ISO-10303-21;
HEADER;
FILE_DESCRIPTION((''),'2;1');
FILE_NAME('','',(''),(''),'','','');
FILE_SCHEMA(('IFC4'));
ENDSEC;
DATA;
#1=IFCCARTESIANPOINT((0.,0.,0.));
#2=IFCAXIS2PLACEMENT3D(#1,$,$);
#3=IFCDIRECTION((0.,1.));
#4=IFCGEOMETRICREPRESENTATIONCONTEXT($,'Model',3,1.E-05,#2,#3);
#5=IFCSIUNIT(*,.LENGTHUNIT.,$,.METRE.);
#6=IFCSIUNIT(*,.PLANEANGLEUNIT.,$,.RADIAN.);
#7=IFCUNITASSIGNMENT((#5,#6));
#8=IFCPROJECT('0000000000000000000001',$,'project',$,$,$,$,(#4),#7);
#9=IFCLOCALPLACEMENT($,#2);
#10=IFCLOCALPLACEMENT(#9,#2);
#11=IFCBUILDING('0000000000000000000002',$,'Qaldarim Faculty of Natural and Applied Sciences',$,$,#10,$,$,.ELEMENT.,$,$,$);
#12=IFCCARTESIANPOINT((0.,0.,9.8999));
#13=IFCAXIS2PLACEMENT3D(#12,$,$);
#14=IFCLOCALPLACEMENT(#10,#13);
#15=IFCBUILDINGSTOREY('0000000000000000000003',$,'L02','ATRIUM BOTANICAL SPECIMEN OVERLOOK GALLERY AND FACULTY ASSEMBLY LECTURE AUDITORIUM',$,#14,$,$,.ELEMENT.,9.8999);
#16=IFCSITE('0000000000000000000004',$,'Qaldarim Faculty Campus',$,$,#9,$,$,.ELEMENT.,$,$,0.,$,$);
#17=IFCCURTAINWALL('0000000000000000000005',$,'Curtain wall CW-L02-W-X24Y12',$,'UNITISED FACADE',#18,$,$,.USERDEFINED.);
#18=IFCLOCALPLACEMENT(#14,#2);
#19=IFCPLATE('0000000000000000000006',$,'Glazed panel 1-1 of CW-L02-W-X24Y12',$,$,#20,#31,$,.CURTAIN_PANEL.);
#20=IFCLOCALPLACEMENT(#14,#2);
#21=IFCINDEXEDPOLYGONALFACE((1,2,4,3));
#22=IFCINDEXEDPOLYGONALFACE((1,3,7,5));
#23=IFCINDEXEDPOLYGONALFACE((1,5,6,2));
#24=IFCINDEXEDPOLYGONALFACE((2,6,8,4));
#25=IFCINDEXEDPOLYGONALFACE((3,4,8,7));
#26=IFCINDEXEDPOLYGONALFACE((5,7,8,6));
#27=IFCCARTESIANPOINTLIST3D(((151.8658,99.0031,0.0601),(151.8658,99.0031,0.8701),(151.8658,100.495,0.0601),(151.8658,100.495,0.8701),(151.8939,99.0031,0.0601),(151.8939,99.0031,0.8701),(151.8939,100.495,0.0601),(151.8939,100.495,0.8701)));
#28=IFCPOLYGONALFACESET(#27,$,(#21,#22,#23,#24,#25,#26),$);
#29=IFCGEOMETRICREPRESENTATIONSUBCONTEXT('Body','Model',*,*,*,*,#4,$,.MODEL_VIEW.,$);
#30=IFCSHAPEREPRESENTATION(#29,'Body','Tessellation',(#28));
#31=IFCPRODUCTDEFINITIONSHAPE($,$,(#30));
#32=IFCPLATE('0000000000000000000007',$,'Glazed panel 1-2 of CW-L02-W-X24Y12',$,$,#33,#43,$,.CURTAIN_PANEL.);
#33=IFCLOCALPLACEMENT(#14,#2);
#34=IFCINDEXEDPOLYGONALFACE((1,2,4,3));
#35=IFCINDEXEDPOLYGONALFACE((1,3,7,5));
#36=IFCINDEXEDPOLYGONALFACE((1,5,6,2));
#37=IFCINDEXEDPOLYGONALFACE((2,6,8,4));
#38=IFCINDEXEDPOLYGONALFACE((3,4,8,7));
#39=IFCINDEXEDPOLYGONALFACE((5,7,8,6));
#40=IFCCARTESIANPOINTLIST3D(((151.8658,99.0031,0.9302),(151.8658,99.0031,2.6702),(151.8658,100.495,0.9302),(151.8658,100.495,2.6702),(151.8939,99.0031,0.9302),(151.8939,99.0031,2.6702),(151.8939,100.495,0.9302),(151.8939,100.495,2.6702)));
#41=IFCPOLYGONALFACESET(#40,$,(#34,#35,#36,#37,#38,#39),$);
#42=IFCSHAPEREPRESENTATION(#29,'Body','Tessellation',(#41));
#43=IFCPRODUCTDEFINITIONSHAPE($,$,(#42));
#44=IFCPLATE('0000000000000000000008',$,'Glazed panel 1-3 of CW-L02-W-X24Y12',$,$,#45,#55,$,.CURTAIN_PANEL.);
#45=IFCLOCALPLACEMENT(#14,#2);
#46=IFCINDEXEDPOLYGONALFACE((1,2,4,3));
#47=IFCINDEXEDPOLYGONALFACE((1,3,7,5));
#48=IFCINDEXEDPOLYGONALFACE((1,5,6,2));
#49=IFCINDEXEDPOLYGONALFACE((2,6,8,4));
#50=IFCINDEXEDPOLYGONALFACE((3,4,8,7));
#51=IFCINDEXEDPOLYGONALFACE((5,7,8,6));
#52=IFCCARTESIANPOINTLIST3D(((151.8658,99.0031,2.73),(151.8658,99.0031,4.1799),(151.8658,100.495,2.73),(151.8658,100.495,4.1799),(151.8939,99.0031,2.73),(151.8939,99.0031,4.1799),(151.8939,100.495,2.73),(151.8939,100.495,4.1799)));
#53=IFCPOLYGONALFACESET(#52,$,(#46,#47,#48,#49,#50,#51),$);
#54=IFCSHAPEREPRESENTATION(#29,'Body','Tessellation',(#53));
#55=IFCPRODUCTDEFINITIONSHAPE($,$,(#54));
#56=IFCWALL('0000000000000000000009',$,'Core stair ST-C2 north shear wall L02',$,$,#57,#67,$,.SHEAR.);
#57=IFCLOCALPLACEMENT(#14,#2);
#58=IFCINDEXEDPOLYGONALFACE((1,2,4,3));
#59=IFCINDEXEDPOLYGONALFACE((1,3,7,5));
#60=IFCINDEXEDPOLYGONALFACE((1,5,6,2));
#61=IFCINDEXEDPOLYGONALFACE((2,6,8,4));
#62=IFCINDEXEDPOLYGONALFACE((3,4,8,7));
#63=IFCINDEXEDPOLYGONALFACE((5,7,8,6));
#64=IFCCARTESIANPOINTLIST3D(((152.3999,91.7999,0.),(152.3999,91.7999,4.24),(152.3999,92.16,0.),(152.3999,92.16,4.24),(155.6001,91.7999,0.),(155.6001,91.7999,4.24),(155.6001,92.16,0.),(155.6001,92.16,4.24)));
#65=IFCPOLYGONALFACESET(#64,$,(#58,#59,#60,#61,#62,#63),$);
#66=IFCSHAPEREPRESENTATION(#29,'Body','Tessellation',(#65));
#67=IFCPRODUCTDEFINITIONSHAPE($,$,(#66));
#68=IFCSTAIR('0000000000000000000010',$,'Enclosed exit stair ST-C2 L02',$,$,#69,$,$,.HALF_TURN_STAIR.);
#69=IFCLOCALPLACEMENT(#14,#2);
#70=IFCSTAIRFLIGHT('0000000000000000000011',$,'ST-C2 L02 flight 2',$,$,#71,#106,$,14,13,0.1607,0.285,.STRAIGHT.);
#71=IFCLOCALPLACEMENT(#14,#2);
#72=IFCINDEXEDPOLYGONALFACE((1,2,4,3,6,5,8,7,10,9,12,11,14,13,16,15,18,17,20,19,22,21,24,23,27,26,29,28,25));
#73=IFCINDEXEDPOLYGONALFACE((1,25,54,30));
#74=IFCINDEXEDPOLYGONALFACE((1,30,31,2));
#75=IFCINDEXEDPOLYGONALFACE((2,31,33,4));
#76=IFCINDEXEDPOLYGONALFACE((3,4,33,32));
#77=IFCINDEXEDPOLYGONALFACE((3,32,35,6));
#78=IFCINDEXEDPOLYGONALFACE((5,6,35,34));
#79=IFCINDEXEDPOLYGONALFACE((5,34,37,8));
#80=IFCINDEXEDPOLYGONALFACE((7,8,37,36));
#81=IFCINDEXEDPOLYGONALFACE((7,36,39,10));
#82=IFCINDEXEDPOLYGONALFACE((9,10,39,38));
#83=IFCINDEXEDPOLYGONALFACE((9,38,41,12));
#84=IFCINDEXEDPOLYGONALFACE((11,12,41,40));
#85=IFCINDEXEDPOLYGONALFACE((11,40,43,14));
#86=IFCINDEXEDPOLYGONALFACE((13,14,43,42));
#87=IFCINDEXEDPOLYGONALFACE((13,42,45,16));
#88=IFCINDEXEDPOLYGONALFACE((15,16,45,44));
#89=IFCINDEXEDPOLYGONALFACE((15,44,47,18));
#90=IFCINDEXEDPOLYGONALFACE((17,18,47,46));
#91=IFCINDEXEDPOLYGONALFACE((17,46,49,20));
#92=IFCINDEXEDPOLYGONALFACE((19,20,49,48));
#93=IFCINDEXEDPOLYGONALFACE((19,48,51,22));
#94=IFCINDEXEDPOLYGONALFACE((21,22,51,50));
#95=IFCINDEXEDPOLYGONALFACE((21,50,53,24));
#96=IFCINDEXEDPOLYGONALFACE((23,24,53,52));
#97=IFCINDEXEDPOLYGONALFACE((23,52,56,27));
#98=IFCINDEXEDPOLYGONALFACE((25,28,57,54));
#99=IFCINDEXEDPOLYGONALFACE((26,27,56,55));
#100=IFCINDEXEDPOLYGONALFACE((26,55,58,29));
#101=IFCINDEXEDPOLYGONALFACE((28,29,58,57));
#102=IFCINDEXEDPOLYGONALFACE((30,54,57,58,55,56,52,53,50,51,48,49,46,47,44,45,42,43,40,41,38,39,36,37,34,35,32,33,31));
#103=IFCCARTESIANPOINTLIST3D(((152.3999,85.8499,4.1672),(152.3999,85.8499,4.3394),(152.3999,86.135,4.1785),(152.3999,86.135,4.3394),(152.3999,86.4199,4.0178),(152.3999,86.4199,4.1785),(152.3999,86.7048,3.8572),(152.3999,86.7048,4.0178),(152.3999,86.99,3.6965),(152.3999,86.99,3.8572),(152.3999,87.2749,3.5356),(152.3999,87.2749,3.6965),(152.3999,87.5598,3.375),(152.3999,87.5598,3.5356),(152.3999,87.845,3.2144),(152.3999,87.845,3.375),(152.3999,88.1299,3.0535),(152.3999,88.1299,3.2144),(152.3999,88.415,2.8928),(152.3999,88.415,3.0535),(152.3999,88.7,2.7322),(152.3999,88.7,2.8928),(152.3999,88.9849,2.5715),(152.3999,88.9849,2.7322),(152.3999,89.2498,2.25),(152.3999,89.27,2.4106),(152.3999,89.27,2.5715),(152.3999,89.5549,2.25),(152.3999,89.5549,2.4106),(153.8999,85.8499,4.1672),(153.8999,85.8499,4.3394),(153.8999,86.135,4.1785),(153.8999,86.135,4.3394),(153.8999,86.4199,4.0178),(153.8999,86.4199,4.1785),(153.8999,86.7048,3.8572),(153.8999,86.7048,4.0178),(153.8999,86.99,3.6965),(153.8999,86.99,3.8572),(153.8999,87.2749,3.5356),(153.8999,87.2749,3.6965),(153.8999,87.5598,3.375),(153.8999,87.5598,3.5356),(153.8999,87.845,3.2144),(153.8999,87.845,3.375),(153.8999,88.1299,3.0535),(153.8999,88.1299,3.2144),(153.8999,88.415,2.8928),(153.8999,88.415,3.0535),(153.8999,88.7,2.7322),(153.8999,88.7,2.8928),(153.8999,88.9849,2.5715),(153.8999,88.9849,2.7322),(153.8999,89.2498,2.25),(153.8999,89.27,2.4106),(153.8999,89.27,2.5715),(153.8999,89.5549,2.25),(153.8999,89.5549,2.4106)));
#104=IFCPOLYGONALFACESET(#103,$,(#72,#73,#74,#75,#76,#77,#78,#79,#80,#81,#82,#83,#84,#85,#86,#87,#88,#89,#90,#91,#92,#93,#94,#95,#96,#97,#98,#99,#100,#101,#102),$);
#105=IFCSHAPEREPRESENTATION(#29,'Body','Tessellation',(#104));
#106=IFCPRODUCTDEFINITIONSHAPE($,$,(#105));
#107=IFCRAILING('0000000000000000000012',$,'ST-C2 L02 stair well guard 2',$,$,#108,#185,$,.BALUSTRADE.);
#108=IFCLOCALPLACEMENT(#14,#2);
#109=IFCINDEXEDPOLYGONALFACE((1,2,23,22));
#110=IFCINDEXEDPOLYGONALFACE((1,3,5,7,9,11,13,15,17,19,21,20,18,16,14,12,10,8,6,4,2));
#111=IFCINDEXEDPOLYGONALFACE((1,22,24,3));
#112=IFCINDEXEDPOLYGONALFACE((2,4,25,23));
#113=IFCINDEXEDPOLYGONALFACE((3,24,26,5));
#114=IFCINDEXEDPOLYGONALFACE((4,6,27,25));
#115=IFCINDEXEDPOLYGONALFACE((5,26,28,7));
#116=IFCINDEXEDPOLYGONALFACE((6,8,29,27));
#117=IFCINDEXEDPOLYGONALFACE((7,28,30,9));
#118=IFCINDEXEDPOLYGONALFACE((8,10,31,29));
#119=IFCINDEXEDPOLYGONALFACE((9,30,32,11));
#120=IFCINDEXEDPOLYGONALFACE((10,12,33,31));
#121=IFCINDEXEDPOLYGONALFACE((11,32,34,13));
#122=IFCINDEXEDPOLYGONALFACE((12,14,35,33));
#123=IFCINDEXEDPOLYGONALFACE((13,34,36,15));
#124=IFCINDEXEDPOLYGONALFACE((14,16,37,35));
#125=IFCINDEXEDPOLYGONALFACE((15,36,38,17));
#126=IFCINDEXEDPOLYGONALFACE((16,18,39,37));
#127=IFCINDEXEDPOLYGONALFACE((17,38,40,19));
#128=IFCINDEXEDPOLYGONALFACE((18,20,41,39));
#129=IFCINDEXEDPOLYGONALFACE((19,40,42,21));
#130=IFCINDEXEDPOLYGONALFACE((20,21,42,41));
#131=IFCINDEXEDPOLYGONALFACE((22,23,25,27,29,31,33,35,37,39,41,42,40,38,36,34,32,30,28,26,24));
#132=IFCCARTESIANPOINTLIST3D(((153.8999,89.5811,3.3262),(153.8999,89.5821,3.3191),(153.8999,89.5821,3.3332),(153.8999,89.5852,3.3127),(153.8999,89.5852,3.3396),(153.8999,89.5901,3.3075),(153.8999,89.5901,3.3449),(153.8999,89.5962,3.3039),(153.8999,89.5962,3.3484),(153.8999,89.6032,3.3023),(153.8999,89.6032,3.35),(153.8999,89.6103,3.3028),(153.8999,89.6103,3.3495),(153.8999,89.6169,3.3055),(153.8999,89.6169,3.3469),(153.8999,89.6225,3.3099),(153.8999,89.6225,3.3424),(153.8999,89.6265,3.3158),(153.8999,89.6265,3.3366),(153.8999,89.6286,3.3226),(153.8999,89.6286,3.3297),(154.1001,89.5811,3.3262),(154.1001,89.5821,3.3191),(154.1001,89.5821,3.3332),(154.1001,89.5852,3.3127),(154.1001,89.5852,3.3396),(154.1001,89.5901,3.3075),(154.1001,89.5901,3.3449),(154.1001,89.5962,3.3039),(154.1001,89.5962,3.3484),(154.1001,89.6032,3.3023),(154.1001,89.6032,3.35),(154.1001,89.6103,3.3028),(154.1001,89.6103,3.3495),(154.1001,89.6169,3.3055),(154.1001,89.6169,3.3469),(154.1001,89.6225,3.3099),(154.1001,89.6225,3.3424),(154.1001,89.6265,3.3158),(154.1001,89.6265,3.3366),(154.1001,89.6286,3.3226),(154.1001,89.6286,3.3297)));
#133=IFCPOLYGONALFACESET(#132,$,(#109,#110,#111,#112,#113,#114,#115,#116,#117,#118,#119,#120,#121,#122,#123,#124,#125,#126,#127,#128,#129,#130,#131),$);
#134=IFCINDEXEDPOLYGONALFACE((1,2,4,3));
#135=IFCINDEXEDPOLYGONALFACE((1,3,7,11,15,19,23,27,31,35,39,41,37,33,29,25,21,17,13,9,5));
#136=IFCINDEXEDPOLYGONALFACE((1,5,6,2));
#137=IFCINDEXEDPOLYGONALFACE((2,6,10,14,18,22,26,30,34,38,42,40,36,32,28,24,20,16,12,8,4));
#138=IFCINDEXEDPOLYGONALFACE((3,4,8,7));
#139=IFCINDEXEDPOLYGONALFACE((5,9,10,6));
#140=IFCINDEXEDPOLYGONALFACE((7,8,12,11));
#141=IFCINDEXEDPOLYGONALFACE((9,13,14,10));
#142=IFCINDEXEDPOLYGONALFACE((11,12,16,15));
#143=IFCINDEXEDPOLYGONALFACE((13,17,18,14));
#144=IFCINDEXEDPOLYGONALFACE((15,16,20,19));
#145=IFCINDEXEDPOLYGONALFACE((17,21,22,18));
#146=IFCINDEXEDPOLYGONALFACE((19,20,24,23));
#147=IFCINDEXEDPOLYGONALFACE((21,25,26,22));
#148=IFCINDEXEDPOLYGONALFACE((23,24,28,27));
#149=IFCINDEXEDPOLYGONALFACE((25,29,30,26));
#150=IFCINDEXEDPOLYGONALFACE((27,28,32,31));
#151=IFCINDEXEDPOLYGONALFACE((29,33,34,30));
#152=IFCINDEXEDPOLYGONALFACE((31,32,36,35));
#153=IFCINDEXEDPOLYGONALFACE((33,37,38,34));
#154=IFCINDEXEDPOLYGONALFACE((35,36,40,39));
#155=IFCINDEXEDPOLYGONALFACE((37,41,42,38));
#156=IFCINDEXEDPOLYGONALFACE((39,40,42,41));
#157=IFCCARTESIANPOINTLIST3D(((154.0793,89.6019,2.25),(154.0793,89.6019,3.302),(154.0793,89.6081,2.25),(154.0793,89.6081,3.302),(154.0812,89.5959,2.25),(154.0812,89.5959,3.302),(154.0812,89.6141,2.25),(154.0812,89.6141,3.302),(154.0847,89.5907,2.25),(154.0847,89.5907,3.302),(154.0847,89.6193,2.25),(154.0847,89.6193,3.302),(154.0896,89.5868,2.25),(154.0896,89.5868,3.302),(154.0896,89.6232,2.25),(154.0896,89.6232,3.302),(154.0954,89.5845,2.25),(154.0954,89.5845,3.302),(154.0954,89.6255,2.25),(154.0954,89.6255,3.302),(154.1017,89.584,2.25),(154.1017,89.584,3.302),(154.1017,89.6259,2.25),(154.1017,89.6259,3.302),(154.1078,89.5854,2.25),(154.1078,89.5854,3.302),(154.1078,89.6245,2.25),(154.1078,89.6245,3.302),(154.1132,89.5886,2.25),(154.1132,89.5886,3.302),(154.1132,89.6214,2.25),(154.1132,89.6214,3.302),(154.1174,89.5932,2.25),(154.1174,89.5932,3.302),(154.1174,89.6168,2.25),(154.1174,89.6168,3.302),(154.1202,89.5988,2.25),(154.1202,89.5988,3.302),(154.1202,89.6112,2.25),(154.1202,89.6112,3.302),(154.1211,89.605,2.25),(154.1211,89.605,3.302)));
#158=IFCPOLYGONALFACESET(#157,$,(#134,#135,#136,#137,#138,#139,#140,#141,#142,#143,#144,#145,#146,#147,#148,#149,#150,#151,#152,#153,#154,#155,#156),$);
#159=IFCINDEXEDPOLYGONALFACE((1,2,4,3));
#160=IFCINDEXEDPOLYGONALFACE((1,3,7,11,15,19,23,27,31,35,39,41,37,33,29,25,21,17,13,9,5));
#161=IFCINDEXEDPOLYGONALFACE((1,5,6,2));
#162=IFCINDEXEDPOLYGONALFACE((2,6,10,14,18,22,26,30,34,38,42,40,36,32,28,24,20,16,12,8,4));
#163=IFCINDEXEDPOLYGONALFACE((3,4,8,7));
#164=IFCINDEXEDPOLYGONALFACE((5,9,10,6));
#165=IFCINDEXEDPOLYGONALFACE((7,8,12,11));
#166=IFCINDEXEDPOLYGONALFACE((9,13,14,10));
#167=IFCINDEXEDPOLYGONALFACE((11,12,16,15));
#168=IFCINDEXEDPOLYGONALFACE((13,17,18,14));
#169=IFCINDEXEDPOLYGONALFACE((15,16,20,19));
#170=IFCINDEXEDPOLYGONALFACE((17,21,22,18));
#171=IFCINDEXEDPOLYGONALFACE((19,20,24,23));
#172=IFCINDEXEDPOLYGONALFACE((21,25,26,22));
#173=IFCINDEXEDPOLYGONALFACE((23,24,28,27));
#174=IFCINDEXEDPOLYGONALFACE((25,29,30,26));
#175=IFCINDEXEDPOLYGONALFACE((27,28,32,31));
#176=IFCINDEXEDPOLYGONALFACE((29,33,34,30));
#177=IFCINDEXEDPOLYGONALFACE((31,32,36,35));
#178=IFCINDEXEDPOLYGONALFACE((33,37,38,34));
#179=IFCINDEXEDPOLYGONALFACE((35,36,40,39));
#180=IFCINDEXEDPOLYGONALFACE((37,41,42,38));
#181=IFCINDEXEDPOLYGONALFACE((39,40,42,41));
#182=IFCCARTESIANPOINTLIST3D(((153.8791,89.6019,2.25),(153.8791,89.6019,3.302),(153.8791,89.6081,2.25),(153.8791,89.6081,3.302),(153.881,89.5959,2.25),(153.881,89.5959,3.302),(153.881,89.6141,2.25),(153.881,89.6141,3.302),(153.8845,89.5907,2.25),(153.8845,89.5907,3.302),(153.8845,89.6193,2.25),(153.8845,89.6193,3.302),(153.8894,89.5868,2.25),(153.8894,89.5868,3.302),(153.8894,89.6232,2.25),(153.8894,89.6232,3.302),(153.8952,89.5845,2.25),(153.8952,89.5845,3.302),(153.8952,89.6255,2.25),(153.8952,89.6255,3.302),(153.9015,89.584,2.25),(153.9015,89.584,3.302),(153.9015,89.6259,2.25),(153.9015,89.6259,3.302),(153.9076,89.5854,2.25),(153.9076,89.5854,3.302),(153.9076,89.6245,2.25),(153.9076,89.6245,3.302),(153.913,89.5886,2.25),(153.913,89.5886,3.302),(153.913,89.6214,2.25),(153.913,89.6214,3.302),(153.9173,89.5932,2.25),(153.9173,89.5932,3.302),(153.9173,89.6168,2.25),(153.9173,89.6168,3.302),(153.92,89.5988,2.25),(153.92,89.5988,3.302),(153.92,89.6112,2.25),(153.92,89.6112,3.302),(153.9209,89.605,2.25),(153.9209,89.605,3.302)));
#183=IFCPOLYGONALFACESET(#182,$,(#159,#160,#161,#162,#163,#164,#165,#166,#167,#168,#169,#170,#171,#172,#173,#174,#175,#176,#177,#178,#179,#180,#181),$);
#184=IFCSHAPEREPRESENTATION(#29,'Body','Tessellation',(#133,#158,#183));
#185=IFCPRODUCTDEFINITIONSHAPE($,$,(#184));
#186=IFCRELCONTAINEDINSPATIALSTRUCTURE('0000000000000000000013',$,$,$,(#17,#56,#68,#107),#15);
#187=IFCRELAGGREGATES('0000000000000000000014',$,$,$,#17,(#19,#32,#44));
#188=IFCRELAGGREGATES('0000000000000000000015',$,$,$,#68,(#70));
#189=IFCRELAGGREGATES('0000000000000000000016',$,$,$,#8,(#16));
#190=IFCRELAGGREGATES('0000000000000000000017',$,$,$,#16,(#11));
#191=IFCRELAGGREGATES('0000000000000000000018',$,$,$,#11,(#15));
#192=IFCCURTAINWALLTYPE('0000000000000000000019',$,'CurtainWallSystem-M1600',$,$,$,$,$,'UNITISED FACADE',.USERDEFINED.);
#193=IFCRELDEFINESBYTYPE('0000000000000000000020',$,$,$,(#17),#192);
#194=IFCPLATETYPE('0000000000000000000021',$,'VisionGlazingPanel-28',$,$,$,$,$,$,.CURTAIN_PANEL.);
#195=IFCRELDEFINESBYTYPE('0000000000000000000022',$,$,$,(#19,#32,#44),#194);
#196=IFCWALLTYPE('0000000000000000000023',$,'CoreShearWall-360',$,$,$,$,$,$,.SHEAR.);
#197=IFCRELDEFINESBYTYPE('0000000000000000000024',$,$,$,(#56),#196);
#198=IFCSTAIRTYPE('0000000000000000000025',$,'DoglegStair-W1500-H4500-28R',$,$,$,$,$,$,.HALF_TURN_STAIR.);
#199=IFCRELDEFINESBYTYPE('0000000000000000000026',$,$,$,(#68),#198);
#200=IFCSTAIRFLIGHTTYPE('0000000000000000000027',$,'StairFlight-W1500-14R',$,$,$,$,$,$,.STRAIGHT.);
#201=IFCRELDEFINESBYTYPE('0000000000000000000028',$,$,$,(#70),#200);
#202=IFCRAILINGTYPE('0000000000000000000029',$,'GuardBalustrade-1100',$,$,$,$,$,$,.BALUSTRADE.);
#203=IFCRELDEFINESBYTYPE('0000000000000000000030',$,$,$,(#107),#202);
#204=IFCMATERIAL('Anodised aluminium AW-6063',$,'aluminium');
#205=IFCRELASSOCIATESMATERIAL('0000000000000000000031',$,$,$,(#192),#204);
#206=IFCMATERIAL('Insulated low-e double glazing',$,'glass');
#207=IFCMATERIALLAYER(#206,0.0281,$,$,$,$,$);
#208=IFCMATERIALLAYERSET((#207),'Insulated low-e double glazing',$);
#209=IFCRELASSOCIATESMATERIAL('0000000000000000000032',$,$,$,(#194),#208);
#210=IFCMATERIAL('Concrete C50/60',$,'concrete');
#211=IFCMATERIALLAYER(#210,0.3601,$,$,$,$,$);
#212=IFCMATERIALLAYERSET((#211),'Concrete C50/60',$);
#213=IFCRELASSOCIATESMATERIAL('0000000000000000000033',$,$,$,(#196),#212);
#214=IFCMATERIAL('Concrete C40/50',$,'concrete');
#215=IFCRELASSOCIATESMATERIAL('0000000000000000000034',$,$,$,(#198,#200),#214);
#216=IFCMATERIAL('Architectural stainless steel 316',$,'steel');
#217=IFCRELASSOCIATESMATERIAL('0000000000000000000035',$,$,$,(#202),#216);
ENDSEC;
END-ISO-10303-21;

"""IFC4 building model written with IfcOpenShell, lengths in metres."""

from ifc_helpers import new_model, si_unit, direction, frame, frame_2d, origin, origin_2d, place, context, subcontext, project, spatial, polyline, rectangle, circle, outline, extrude, material, layer, layer_set, type_object, element, aggregate, save


model = new_model("IFC4")

# Units and contexts
model_context = context("Model", 3, precision=1e-05, world=origin(), true_north=direction((0.0, 1.0)))
body_context = subcontext(model_context, "Body", "Model", "MODEL_VIEW")
ifc_project = project(units=[si_unit("LENGTHUNIT", "METRE"), si_unit("PLANEANGLEUNIT", "RADIAN")], contexts=[model_context])

# Site, building, storey
site_placement = place(None, origin())
site = spatial("IfcSite", under=ifc_project, at=site_placement, Name="Qaldarim Faculty Campus", CompositionType="ELEMENT", RefElevation=0.0)
building_placement = place(site_placement, origin())
building = spatial("IfcBuilding", under=site, at=building_placement, Name="Qaldarim Faculty of Natural and Applied Sciences", CompositionType="ELEMENT")
storey_placement = place(building_placement, frame((0.0, 0.0, 9.8999)))
storey = spatial("IfcBuildingStorey", under=building, at=storey_placement, Name="L02", Description="ATRIUM BOTANICAL SPECIMEN OVERLOOK GALLERY AND FACULTY ASSEMBLY LECTURE AUDITORIUM", CompositionType="ELEMENT", Elevation=9.8999)

# Shared definitions
ifc_material_1 = material(Name="Concrete C40/50", Category="concrete")

# Curtain wall
ifc_material_2 = material(Name="Anodised aluminium AW-6063", Category="aluminium")
curtain_wall_type = type_object("IfcCurtainWallType", Name="CurtainWallSystem-M1600", ElementType="UNITISED FACADE", PredefinedType="USERDEFINED", material=ifc_material_2)
curtain_wall_placement = place(storey_placement, origin())
curtain_wall = element("IfcCurtainWall", 1, at=curtain_wall_placement, inside=storey, type_object=curtain_wall_type, Name="Curtain wall CW-L02-W-X24Y12", ObjectType="UNITISED FACADE", PredefinedType="USERDEFINED")

# Plates
ifc_material_3 = material(Name="Insulated low-e double glazing", Category="glass")
ifc_layer_1 = layer(ifc_material_3, 0.0281)
ifc_layer_set_1 = layer_set([ifc_layer_1], Name="Insulated low-e double glazing")
plate_type = type_object("IfcPlateType", Name="VisionGlazingPanel-28", PredefinedType="CURTAIN_PANEL", material=ifc_layer_set_1)
plate_1_placement = place(storey_placement, frame((151.8799, 99.749, 0.0601), z_axis=(0.0, 0.0, 1.0), x_axis=(0.0, -1.0, 0.0)))
plate_1 = element("IfcPlate", 2, at=plate_1_placement, type_object=plate_type, Name="Glazed panel 1-1 of CW-L02-W-X24Y12", PredefinedType="CURTAIN_PANEL", context=body_context, shape_type="SweptSolid", body=[
    extrude(rectangle(XDim=1.4919, YDim=0.0281, at=origin_2d()), origin(), (0.0, 0.0, 1.0), 0.8101),
])
plate_2_placement = place(storey_placement, frame((151.8799, 99.749, 0.9302), z_axis=(0.0, 0.0, 1.0), x_axis=(0.0, -1.0, 0.0)))
plate_2 = element("IfcPlate", 3, at=plate_2_placement, type_object=plate_type, Name="Glazed panel 1-2 of CW-L02-W-X24Y12", PredefinedType="CURTAIN_PANEL", context=body_context, shape_type="SweptSolid", body=[
    extrude(rectangle(XDim=1.4919, YDim=0.0281, at=origin_2d()), origin(), (0.0, 0.0, 1.0), 1.74),
])
plate_3_placement = place(storey_placement, frame((151.8799, 99.749, 2.73), z_axis=(0.0, 0.0, 1.0), x_axis=(0.0, -1.0, 0.0)))
plate_3 = element("IfcPlate", 4, at=plate_3_placement, type_object=plate_type, Name="Glazed panel 1-3 of CW-L02-W-X24Y12", PredefinedType="CURTAIN_PANEL", context=body_context, shape_type="SweptSolid", body=[
    extrude(rectangle(XDim=1.4919, YDim=0.0281, at=origin_2d()), origin(), (0.0, 0.0, 1.0), 1.45),
])
aggregate(curtain_wall, [plate_1, plate_2, plate_3])

# Wall
ifc_material_4 = material(Name="Concrete C50/60", Category="concrete")
ifc_layer_2 = layer(ifc_material_4, 0.3601)
ifc_layer_set_2 = layer_set([ifc_layer_2], Name="Concrete C50/60")
wall_type = type_object("IfcWallType", Name="CoreShearWall-360", PredefinedType="SHEAR", material=ifc_layer_set_2)
wall_placement = place(storey_placement, frame((152.3999, 91.98, 0.0), z_axis=(0.0, 0.0, 1.0), x_axis=(1.0, 0.0, 0.0)))
element("IfcWall", 5, at=wall_placement, inside=storey, type_object=wall_type, Name="Core stair ST-C2 north shear wall L02", PredefinedType="SHEAR", context=body_context, shape_type="SweptSolid", body=[
    extrude(rectangle(XDim=3.2002, YDim=0.3601, at=frame_2d((1.6001, 0.0))), origin(), (0.0, 0.0, 1.0), 4.24),
])

# Stair, stair flight
stair_type = type_object("IfcStairType", Name="DoglegStair-W1500-H4500-28R", PredefinedType="HALF_TURN_STAIR", material=ifc_material_1)
stair_placement = place(storey_placement, origin())
stair = element("IfcStair", 6, at=stair_placement, inside=storey, type_object=stair_type, Name="Enclosed exit stair ST-C2 L02", PredefinedType="HALF_TURN_STAIR")
stair_flight_type = type_object("IfcStairFlightType", Name="StairFlight-W1500-14R", PredefinedType="STRAIGHT", material=ifc_material_1)
stair_flight_placement = place(storey_placement, frame((153.1499, 89.5549, 2.25), z_axis=(0.0, 0.0, 1.0), x_axis=(0.0, -1.0, 0.0)))
stair_flight = element("IfcStairFlight", 7, at=stair_flight_placement, type_object=stair_flight_type, Name="ST-C2 L02 flight 2", NumberOfRisers=14, NumberOfTreads=13, PredefinedType="STRAIGHT", RiserHeight=0.1607, TreadLength=0.285, context=body_context, shape_type="SweptSolid", body=[
    extrude(outline(polyline([(0.0, 0.0), (0.0, 0.1606), (0.2849, 0.1606), (0.2849, 0.3215), (0.5701, 0.3215), (0.5701, 0.4822), (0.855, 0.4822), (0.855, 0.6428), (1.1399, 0.6428), (1.1399, 0.8035), (1.425, 0.8035), (1.425, 0.9644), (1.71, 0.9644), (1.71, 1.125), (1.9951, 1.125), (1.9951, 1.2856), (2.28, 1.2856), (2.28, 1.4465), (2.5649, 1.4465), (2.5649, 1.6072), (2.8501, 1.6072), (2.8501, 1.7678), (3.135, 1.7678), (3.135, 1.9285), (3.4199, 1.9285), (3.4199, 2.0894), (3.7051, 2.0894), (3.7051, 2.25), (3.7051, 1.9172), (0.3052, 0.0), (0.0, 0.0)])), frame((0.0, 0.75, 0.0), z_axis=(0.0, -1.0, 0.0), x_axis=(1.0, 0.0, 0.0)), (0.0, 0.0, 1.0), 1.5),
])
aggregate(stair, [stair_flight])

# Railing
ifc_material_5 = material(Name="Architectural stainless steel 316", Category="steel")
railing_type_1 = type_object("IfcRailingType", Name="GuardBalustrade-1100", PredefinedType="BALUSTRADE", material=ifc_material_5)
railing_1_placement = place(storey_placement, frame((154.1001, 89.605, 2.25)))
element("IfcRailing", 8, at=railing_1_placement, inside=storey, type_object=railing_type_1, Name="ST-C2 L02 stair well guard 2", PredefinedType="BALUSTRADE", context=body_context, shape_type="SweptSolid", body=[
    extrude(circle(Radius=0.0239, at=origin_2d()), frame((0.0, 0.0, 1.0762), z_axis=(-1.0, 0.0, 0.0), x_axis=(0.0, -1.0, 0.0)), (0.0, 0.0, 1.0), 0.2002),
    extrude(circle(Radius=0.021, at=origin_2d()), origin(), (0.0, 0.0, 1.0), 1.052),
    extrude(circle(Radius=0.021, at=origin_2d()), frame((-0.2002, 0.0, 0.0)), (0.0, 0.0, 1.0), 1.052),
])

save(model, "model.ifc")
